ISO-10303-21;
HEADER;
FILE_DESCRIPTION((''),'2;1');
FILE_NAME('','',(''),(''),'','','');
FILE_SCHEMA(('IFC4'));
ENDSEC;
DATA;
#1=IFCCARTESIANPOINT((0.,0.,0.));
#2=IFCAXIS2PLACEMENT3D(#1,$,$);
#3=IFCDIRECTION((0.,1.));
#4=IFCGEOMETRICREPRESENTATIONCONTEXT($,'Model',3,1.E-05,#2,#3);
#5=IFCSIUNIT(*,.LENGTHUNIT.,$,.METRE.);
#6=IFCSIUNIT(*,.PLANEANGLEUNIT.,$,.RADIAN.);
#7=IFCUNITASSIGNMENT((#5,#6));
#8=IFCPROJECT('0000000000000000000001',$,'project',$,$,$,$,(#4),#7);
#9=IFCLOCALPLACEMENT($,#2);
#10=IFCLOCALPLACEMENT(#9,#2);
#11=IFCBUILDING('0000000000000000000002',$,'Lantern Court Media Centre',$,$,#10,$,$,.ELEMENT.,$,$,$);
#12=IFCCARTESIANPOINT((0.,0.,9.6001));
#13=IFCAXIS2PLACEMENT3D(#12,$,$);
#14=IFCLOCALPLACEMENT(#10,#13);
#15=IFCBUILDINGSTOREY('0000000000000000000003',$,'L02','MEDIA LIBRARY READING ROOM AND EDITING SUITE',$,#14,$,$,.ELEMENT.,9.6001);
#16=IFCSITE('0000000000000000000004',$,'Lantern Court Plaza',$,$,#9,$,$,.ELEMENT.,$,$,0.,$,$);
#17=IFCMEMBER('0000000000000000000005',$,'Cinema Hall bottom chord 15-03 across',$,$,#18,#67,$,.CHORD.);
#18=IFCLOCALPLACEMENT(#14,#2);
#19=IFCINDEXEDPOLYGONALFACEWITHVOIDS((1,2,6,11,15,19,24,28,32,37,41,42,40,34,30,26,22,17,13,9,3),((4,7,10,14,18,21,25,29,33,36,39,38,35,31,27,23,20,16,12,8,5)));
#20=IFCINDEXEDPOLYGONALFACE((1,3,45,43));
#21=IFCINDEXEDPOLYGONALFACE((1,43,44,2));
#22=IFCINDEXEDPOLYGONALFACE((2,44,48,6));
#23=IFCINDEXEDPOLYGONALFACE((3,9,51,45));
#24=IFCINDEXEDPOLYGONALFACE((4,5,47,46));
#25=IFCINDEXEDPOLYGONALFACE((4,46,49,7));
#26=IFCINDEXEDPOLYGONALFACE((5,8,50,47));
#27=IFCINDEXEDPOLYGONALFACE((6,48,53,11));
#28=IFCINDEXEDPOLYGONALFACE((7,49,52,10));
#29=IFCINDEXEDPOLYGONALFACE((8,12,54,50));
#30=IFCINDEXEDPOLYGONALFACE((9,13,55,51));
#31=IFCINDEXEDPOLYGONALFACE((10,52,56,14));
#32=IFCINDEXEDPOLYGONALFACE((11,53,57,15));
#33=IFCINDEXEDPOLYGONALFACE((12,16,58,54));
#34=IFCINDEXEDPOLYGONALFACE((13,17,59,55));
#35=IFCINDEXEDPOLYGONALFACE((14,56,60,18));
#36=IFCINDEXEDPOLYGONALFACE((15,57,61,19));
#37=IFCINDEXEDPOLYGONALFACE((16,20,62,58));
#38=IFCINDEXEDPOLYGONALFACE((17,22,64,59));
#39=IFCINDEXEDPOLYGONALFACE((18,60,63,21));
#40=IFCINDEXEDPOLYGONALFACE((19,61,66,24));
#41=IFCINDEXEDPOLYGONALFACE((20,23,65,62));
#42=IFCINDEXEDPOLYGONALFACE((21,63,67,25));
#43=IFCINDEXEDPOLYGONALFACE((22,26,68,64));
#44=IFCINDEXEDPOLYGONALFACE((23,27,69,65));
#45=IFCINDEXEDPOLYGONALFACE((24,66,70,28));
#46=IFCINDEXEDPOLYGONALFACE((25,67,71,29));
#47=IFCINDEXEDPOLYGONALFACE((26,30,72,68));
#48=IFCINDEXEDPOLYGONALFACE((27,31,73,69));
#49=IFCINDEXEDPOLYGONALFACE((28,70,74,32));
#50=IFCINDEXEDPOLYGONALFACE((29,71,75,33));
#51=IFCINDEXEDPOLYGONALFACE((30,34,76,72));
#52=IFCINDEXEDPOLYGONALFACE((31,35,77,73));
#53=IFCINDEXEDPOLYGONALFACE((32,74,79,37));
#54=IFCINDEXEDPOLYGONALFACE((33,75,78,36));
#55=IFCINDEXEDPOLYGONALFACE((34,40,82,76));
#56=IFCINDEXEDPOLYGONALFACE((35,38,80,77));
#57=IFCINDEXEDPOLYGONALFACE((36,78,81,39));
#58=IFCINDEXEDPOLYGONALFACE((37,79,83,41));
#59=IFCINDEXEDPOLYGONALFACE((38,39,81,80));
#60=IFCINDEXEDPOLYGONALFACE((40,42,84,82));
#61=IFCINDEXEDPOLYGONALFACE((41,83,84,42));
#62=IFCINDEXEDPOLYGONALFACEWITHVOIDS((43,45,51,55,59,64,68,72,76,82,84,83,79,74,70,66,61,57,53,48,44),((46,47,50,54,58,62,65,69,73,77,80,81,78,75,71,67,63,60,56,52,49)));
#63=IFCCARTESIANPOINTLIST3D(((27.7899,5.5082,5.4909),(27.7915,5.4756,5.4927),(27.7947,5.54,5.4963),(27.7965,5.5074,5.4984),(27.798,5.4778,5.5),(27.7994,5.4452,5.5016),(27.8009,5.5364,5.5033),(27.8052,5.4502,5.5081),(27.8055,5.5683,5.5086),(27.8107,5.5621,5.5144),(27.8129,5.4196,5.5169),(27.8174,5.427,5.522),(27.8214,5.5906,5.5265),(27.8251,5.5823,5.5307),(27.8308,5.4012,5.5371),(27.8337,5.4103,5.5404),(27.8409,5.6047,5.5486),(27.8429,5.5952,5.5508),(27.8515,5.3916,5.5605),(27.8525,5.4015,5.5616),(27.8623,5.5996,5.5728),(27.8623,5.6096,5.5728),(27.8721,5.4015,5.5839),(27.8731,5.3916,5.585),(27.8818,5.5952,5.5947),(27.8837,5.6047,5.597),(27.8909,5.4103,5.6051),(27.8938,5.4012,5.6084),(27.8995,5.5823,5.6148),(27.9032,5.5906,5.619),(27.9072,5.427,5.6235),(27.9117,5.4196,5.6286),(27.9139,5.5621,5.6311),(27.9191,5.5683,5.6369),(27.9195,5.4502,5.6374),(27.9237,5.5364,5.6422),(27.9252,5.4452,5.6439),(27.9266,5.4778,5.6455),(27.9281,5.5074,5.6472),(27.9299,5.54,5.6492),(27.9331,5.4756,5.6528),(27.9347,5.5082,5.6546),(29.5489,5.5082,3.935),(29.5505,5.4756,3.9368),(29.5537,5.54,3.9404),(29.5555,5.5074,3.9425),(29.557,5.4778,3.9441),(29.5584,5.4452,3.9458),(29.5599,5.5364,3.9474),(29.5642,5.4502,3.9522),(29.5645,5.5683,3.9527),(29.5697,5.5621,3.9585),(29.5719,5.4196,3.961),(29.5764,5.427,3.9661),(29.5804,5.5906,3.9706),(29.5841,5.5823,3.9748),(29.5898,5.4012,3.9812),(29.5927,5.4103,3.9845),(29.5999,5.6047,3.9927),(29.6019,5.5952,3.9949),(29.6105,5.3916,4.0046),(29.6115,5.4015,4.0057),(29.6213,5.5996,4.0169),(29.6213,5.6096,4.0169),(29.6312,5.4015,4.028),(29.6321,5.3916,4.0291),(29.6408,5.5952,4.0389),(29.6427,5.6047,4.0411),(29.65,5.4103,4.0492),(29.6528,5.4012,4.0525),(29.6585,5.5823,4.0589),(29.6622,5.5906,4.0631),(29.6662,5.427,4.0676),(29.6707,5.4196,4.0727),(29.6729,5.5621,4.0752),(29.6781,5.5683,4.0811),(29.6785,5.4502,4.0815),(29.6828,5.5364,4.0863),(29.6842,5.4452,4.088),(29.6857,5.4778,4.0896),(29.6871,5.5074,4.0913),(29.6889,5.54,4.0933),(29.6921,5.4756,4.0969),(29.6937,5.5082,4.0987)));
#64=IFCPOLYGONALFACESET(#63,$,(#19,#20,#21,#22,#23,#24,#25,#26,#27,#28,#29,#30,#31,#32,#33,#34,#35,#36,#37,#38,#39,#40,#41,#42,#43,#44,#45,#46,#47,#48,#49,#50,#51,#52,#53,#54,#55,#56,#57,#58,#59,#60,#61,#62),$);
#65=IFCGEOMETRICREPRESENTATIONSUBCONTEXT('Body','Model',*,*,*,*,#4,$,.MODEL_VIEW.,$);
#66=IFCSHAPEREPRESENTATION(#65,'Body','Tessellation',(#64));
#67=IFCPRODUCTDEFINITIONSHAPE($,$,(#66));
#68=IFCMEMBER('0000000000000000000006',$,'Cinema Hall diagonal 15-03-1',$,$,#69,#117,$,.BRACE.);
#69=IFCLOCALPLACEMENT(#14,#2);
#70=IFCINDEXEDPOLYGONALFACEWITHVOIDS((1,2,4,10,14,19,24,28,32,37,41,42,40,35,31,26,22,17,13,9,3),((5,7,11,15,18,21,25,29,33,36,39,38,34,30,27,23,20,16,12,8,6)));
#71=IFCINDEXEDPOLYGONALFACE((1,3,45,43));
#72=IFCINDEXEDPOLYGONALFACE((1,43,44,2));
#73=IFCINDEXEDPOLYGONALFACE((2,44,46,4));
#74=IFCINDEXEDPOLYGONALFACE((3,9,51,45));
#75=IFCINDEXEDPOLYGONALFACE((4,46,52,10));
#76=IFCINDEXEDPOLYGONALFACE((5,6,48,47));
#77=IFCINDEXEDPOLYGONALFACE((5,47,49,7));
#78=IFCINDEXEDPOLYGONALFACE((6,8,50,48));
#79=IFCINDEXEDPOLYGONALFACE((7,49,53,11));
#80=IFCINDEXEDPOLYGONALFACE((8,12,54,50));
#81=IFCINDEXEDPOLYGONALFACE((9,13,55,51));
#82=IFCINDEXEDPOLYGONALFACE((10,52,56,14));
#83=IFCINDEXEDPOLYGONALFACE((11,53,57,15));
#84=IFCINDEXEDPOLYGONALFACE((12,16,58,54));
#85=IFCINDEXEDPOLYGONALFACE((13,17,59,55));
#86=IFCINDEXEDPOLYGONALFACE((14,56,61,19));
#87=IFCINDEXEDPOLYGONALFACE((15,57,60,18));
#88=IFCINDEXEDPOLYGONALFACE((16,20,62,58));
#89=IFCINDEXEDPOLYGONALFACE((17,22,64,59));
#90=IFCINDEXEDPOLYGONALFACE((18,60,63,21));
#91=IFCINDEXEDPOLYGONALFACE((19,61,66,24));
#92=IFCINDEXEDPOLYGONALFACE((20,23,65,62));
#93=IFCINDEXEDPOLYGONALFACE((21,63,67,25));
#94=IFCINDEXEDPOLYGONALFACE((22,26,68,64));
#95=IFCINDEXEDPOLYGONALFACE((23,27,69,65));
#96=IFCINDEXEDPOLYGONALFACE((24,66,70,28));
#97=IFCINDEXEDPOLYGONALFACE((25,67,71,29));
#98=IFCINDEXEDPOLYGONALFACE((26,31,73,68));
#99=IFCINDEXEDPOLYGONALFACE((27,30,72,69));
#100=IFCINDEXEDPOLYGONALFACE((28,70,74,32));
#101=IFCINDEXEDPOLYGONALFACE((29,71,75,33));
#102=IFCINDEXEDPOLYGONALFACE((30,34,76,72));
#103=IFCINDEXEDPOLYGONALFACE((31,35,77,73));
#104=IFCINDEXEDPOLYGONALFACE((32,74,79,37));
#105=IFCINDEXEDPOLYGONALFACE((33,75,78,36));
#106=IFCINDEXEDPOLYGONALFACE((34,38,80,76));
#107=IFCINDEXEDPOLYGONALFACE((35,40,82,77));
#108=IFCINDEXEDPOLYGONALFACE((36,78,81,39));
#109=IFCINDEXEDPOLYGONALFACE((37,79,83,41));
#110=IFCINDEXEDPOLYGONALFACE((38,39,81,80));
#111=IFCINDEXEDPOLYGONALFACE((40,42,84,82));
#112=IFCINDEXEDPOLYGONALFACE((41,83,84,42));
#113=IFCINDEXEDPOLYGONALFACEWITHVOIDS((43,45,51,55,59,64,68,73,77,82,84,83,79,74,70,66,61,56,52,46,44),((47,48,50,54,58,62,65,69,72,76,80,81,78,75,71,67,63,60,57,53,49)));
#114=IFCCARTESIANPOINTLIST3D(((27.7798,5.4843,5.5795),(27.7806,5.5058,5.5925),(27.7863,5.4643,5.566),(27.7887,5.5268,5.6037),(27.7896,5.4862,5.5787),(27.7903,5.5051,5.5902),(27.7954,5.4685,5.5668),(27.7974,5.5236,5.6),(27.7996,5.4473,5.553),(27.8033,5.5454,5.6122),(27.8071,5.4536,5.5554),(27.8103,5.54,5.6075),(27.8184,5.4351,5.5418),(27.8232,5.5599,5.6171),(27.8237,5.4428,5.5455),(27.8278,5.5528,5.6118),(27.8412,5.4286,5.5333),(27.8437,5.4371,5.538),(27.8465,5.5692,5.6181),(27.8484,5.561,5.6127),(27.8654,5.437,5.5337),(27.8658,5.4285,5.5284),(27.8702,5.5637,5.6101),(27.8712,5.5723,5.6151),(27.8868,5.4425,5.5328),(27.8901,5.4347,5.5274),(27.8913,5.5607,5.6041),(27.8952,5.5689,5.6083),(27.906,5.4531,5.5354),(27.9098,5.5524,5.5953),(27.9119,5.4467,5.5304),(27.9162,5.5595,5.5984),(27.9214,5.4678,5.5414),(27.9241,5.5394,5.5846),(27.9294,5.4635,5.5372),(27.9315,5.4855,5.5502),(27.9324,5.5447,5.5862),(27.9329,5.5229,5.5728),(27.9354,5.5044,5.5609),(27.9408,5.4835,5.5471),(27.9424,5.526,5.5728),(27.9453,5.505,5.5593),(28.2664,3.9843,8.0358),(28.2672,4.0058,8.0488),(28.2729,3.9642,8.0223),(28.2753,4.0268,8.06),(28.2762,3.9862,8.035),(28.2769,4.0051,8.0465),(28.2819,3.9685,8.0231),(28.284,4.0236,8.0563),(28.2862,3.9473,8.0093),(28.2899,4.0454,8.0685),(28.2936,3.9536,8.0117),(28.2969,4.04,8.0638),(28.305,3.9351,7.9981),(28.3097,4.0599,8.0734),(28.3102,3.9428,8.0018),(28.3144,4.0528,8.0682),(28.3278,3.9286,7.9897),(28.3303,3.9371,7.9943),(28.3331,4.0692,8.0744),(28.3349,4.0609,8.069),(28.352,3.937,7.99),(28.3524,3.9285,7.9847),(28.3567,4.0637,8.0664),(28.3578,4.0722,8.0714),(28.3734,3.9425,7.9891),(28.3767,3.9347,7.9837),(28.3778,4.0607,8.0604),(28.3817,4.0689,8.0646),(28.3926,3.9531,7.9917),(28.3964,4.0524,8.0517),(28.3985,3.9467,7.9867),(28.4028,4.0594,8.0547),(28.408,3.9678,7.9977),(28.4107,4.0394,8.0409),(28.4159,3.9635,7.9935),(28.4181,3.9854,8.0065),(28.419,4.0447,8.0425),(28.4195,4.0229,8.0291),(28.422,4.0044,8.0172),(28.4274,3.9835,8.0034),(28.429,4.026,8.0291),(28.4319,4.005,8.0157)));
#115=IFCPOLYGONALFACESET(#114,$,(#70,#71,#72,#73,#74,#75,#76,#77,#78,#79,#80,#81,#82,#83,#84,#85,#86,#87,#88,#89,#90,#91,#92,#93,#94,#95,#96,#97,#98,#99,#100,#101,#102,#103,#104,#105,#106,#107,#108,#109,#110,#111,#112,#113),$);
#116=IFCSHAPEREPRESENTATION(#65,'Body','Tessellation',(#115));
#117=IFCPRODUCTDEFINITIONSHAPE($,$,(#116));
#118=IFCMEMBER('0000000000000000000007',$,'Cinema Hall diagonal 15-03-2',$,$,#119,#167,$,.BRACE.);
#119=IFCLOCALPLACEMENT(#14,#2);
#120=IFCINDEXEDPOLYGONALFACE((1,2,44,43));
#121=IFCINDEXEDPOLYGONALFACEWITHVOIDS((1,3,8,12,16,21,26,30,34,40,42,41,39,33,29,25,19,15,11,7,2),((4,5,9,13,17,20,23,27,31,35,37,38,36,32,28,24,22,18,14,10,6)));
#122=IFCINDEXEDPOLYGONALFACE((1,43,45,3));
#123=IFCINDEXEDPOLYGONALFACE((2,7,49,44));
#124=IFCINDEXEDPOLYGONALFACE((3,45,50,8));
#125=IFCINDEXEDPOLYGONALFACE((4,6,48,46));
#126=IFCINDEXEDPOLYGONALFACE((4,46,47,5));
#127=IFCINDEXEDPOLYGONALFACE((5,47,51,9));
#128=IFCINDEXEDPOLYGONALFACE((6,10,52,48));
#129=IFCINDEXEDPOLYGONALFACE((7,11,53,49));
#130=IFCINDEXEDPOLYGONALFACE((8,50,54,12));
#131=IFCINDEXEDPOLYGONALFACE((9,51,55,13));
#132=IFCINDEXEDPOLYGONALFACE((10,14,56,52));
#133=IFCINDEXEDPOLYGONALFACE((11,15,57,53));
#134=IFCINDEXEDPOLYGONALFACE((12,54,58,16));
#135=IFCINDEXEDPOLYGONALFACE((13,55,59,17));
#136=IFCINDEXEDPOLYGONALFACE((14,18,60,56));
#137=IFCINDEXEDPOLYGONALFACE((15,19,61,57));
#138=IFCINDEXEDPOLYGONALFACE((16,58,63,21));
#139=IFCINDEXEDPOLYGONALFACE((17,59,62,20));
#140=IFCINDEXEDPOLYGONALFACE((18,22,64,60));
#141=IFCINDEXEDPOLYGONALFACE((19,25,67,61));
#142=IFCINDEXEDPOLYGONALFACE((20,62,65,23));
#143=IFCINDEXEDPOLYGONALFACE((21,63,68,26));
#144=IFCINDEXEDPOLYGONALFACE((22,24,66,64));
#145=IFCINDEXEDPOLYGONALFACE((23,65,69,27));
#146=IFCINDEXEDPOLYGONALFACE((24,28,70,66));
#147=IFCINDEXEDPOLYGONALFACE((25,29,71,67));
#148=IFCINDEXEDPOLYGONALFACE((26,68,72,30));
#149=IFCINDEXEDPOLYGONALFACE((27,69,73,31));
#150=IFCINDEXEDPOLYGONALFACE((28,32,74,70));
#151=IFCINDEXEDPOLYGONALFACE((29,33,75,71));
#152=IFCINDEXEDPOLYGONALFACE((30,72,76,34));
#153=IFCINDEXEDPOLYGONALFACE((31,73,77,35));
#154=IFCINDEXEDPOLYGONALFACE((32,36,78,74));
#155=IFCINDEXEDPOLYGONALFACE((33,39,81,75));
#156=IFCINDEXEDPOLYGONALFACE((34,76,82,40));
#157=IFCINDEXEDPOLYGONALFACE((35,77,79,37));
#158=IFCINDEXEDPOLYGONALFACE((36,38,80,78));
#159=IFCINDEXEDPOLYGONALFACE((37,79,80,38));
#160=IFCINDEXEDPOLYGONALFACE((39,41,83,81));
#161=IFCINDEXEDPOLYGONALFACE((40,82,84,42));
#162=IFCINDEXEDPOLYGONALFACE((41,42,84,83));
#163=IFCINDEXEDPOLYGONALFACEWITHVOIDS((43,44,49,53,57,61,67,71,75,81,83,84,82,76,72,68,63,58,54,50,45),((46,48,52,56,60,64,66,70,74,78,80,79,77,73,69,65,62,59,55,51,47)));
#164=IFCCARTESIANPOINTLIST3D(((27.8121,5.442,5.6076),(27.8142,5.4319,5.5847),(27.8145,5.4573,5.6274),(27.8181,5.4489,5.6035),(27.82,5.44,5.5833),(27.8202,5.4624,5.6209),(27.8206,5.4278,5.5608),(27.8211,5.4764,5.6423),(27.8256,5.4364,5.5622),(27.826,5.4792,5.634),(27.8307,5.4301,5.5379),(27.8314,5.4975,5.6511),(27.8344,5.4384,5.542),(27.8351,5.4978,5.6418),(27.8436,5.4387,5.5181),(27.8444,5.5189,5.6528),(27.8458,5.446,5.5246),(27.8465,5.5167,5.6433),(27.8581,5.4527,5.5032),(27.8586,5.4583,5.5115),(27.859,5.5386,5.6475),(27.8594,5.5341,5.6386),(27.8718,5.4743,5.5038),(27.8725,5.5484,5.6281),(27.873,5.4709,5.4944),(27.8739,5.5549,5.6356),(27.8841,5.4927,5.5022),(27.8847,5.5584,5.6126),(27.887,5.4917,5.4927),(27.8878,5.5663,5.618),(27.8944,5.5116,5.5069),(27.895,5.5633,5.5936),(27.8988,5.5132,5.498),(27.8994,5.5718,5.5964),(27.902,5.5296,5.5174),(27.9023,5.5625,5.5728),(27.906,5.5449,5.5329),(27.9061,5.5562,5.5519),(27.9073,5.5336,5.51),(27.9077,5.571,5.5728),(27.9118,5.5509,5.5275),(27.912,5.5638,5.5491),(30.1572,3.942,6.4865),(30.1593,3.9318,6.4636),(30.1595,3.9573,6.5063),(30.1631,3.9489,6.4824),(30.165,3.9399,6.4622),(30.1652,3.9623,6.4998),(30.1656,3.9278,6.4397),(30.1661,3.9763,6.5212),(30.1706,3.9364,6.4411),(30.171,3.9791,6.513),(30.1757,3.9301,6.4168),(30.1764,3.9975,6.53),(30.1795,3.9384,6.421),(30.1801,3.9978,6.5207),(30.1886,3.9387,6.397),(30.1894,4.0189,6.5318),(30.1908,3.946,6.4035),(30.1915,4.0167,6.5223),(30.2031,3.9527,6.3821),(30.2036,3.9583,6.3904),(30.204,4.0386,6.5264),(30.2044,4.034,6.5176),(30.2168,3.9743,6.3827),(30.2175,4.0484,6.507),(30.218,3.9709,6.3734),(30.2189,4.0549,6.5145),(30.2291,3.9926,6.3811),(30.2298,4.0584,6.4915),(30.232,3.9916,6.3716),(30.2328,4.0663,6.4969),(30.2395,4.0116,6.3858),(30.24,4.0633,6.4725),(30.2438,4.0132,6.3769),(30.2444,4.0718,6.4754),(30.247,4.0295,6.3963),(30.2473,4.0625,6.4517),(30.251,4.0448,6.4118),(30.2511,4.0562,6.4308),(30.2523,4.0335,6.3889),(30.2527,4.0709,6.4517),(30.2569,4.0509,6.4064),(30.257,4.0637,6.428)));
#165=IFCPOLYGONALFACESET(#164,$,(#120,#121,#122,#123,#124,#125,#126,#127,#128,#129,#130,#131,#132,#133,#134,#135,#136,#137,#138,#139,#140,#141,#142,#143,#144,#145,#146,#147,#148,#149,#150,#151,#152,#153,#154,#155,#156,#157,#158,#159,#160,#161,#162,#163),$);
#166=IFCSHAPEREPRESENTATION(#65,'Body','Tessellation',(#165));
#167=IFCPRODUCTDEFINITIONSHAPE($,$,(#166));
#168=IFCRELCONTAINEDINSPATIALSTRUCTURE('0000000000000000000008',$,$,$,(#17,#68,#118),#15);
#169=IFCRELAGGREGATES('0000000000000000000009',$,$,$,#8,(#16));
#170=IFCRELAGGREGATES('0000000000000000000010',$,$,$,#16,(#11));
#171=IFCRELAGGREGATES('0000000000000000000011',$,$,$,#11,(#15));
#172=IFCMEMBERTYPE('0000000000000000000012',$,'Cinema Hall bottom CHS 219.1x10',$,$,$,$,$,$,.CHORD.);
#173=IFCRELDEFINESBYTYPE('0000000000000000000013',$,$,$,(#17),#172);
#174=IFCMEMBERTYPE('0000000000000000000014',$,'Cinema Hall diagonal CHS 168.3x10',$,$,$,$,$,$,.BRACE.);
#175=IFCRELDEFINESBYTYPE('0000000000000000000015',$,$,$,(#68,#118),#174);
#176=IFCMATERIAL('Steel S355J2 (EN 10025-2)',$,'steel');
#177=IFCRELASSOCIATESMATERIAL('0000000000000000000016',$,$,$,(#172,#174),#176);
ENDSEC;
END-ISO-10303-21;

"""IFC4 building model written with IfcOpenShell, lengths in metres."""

from ifc_helpers import new_model, si_unit, direction, frame, origin, origin_2d, place, context, subcontext, project, spatial, hollow_circle, extrude, material, material_profile, profile_set, type_object, element, save


model = new_model("IFC4")

# Units and contexts
model_context = context("Model", 3, precision=1e-05, world=origin(), true_north=direction((0.0, 1.0)))
body_context = subcontext(model_context, "Body", "Model", "MODEL_VIEW")
ifc_project = project(units=[si_unit("LENGTHUNIT", "METRE"), si_unit("PLANEANGLEUNIT", "RADIAN")], contexts=[model_context])

# Site, building, storey
site_placement = place(None, origin())
site = spatial("IfcSite", under=ifc_project, at=site_placement, Name="Lantern Court Plaza", CompositionType="ELEMENT", RefElevation=0.0)
building_placement = place(site_placement, origin())
building = spatial("IfcBuilding", under=site, at=building_placement, Name="Lantern Court Media Centre", CompositionType="ELEMENT")
storey_placement = place(building_placement, frame((0.0, 0.0, 9.6001)))
storey = spatial("IfcBuildingStorey", under=building, at=storey_placement, Name="L02", Description="MEDIA LIBRARY READING ROOM AND EDITING SUITE", CompositionType="ELEMENT", Elevation=9.6001)

# Members
ifc_material_1 = material(Name="Steel S355J2 (EN 10025-2)", Category="steel")
ifc_material_profile_1 = material_profile(ifc_material_1, hollow_circle(Radius=0.1096, WallThickness=0.01, at=origin_2d()), Name="Cinema Hall bottom CHS 219.1x10")
ifc_profile_set_1 = profile_set([ifc_material_profile_1], Name="Steel S355J2 (EN 10025-2)")
member_type_1 = type_object("IfcMemberType", Name="Cinema Hall bottom CHS 219.1x10", PredefinedType="CHORD", material=ifc_profile_set_1)
member_1_placement = place(storey_placement, frame((27.8623, 5.5, 5.5728), z_axis=(0.74903, 0.0, -0.662536), x_axis=(0.0, 1.0, 0.0)))
element("IfcMember", 1, at=member_1_placement, inside=storey, type_object=member_type_1, Name="Cinema Hall bottom chord 15-03 across", PredefinedType="CHORD", context=body_context, shape_type="SweptSolid", body=[
    extrude(hollow_circle(Radius=0.1096, WallThickness=0.01, at=origin_2d()), origin(), (0.0, 0.0, 1.0), 2.3484),
])
ifc_material_profile_2 = material_profile(ifc_material_1, hollow_circle(Radius=0.0842, WallThickness=0.01, at=origin_2d()), Name="Cinema Hall diagonal CHS 168.3x10")
ifc_profile_set_2 = profile_set([ifc_material_profile_2], Name="Steel S355J2 (EN 10025-2)")
member_type_2 = type_object("IfcMemberType", Name="Cinema Hall diagonal CHS 168.3x10", PredefinedType="BRACE", material=ifc_profile_set_2)
member_2_placement = place(storey_placement, frame((27.8623, 5.5, 5.5728), z_axis=(0.166695, -0.513887, 0.841506), x_axis=(0.951207, 0.308554, 0.0)))
element("IfcMember", 2, at=member_2_placement, inside=storey, type_object=member_type_2, Name="Cinema Hall diagonal 15-03-1", PredefinedType="BRACE", context=body_context, shape_type="SweptSolid", body=[
    extrude(hollow_circle(Radius=0.0842, WallThickness=0.01, at=origin_2d()), origin(), (0.0, 0.0, 1.0), 2.9189),
])
member_3_placement = place(storey_placement, frame((27.8623, 5.5, 5.5728), z_axis=(0.803309, -0.51385, 0.301084), x_axis=(0.538855, 0.842399, 0.0)))
element("IfcMember", 3, at=member_3_placement, inside=storey, type_object=member_type_2, Name="Cinema Hall diagonal 15-03-2", PredefinedType="BRACE", context=body_context, shape_type="SweptSolid", body=[
    extrude(hollow_circle(Radius=0.0842, WallThickness=0.01, at=origin_2d()), origin(), (0.0, 0.0, 1.0), 2.9192),
])

save(model, "model.ifc")
